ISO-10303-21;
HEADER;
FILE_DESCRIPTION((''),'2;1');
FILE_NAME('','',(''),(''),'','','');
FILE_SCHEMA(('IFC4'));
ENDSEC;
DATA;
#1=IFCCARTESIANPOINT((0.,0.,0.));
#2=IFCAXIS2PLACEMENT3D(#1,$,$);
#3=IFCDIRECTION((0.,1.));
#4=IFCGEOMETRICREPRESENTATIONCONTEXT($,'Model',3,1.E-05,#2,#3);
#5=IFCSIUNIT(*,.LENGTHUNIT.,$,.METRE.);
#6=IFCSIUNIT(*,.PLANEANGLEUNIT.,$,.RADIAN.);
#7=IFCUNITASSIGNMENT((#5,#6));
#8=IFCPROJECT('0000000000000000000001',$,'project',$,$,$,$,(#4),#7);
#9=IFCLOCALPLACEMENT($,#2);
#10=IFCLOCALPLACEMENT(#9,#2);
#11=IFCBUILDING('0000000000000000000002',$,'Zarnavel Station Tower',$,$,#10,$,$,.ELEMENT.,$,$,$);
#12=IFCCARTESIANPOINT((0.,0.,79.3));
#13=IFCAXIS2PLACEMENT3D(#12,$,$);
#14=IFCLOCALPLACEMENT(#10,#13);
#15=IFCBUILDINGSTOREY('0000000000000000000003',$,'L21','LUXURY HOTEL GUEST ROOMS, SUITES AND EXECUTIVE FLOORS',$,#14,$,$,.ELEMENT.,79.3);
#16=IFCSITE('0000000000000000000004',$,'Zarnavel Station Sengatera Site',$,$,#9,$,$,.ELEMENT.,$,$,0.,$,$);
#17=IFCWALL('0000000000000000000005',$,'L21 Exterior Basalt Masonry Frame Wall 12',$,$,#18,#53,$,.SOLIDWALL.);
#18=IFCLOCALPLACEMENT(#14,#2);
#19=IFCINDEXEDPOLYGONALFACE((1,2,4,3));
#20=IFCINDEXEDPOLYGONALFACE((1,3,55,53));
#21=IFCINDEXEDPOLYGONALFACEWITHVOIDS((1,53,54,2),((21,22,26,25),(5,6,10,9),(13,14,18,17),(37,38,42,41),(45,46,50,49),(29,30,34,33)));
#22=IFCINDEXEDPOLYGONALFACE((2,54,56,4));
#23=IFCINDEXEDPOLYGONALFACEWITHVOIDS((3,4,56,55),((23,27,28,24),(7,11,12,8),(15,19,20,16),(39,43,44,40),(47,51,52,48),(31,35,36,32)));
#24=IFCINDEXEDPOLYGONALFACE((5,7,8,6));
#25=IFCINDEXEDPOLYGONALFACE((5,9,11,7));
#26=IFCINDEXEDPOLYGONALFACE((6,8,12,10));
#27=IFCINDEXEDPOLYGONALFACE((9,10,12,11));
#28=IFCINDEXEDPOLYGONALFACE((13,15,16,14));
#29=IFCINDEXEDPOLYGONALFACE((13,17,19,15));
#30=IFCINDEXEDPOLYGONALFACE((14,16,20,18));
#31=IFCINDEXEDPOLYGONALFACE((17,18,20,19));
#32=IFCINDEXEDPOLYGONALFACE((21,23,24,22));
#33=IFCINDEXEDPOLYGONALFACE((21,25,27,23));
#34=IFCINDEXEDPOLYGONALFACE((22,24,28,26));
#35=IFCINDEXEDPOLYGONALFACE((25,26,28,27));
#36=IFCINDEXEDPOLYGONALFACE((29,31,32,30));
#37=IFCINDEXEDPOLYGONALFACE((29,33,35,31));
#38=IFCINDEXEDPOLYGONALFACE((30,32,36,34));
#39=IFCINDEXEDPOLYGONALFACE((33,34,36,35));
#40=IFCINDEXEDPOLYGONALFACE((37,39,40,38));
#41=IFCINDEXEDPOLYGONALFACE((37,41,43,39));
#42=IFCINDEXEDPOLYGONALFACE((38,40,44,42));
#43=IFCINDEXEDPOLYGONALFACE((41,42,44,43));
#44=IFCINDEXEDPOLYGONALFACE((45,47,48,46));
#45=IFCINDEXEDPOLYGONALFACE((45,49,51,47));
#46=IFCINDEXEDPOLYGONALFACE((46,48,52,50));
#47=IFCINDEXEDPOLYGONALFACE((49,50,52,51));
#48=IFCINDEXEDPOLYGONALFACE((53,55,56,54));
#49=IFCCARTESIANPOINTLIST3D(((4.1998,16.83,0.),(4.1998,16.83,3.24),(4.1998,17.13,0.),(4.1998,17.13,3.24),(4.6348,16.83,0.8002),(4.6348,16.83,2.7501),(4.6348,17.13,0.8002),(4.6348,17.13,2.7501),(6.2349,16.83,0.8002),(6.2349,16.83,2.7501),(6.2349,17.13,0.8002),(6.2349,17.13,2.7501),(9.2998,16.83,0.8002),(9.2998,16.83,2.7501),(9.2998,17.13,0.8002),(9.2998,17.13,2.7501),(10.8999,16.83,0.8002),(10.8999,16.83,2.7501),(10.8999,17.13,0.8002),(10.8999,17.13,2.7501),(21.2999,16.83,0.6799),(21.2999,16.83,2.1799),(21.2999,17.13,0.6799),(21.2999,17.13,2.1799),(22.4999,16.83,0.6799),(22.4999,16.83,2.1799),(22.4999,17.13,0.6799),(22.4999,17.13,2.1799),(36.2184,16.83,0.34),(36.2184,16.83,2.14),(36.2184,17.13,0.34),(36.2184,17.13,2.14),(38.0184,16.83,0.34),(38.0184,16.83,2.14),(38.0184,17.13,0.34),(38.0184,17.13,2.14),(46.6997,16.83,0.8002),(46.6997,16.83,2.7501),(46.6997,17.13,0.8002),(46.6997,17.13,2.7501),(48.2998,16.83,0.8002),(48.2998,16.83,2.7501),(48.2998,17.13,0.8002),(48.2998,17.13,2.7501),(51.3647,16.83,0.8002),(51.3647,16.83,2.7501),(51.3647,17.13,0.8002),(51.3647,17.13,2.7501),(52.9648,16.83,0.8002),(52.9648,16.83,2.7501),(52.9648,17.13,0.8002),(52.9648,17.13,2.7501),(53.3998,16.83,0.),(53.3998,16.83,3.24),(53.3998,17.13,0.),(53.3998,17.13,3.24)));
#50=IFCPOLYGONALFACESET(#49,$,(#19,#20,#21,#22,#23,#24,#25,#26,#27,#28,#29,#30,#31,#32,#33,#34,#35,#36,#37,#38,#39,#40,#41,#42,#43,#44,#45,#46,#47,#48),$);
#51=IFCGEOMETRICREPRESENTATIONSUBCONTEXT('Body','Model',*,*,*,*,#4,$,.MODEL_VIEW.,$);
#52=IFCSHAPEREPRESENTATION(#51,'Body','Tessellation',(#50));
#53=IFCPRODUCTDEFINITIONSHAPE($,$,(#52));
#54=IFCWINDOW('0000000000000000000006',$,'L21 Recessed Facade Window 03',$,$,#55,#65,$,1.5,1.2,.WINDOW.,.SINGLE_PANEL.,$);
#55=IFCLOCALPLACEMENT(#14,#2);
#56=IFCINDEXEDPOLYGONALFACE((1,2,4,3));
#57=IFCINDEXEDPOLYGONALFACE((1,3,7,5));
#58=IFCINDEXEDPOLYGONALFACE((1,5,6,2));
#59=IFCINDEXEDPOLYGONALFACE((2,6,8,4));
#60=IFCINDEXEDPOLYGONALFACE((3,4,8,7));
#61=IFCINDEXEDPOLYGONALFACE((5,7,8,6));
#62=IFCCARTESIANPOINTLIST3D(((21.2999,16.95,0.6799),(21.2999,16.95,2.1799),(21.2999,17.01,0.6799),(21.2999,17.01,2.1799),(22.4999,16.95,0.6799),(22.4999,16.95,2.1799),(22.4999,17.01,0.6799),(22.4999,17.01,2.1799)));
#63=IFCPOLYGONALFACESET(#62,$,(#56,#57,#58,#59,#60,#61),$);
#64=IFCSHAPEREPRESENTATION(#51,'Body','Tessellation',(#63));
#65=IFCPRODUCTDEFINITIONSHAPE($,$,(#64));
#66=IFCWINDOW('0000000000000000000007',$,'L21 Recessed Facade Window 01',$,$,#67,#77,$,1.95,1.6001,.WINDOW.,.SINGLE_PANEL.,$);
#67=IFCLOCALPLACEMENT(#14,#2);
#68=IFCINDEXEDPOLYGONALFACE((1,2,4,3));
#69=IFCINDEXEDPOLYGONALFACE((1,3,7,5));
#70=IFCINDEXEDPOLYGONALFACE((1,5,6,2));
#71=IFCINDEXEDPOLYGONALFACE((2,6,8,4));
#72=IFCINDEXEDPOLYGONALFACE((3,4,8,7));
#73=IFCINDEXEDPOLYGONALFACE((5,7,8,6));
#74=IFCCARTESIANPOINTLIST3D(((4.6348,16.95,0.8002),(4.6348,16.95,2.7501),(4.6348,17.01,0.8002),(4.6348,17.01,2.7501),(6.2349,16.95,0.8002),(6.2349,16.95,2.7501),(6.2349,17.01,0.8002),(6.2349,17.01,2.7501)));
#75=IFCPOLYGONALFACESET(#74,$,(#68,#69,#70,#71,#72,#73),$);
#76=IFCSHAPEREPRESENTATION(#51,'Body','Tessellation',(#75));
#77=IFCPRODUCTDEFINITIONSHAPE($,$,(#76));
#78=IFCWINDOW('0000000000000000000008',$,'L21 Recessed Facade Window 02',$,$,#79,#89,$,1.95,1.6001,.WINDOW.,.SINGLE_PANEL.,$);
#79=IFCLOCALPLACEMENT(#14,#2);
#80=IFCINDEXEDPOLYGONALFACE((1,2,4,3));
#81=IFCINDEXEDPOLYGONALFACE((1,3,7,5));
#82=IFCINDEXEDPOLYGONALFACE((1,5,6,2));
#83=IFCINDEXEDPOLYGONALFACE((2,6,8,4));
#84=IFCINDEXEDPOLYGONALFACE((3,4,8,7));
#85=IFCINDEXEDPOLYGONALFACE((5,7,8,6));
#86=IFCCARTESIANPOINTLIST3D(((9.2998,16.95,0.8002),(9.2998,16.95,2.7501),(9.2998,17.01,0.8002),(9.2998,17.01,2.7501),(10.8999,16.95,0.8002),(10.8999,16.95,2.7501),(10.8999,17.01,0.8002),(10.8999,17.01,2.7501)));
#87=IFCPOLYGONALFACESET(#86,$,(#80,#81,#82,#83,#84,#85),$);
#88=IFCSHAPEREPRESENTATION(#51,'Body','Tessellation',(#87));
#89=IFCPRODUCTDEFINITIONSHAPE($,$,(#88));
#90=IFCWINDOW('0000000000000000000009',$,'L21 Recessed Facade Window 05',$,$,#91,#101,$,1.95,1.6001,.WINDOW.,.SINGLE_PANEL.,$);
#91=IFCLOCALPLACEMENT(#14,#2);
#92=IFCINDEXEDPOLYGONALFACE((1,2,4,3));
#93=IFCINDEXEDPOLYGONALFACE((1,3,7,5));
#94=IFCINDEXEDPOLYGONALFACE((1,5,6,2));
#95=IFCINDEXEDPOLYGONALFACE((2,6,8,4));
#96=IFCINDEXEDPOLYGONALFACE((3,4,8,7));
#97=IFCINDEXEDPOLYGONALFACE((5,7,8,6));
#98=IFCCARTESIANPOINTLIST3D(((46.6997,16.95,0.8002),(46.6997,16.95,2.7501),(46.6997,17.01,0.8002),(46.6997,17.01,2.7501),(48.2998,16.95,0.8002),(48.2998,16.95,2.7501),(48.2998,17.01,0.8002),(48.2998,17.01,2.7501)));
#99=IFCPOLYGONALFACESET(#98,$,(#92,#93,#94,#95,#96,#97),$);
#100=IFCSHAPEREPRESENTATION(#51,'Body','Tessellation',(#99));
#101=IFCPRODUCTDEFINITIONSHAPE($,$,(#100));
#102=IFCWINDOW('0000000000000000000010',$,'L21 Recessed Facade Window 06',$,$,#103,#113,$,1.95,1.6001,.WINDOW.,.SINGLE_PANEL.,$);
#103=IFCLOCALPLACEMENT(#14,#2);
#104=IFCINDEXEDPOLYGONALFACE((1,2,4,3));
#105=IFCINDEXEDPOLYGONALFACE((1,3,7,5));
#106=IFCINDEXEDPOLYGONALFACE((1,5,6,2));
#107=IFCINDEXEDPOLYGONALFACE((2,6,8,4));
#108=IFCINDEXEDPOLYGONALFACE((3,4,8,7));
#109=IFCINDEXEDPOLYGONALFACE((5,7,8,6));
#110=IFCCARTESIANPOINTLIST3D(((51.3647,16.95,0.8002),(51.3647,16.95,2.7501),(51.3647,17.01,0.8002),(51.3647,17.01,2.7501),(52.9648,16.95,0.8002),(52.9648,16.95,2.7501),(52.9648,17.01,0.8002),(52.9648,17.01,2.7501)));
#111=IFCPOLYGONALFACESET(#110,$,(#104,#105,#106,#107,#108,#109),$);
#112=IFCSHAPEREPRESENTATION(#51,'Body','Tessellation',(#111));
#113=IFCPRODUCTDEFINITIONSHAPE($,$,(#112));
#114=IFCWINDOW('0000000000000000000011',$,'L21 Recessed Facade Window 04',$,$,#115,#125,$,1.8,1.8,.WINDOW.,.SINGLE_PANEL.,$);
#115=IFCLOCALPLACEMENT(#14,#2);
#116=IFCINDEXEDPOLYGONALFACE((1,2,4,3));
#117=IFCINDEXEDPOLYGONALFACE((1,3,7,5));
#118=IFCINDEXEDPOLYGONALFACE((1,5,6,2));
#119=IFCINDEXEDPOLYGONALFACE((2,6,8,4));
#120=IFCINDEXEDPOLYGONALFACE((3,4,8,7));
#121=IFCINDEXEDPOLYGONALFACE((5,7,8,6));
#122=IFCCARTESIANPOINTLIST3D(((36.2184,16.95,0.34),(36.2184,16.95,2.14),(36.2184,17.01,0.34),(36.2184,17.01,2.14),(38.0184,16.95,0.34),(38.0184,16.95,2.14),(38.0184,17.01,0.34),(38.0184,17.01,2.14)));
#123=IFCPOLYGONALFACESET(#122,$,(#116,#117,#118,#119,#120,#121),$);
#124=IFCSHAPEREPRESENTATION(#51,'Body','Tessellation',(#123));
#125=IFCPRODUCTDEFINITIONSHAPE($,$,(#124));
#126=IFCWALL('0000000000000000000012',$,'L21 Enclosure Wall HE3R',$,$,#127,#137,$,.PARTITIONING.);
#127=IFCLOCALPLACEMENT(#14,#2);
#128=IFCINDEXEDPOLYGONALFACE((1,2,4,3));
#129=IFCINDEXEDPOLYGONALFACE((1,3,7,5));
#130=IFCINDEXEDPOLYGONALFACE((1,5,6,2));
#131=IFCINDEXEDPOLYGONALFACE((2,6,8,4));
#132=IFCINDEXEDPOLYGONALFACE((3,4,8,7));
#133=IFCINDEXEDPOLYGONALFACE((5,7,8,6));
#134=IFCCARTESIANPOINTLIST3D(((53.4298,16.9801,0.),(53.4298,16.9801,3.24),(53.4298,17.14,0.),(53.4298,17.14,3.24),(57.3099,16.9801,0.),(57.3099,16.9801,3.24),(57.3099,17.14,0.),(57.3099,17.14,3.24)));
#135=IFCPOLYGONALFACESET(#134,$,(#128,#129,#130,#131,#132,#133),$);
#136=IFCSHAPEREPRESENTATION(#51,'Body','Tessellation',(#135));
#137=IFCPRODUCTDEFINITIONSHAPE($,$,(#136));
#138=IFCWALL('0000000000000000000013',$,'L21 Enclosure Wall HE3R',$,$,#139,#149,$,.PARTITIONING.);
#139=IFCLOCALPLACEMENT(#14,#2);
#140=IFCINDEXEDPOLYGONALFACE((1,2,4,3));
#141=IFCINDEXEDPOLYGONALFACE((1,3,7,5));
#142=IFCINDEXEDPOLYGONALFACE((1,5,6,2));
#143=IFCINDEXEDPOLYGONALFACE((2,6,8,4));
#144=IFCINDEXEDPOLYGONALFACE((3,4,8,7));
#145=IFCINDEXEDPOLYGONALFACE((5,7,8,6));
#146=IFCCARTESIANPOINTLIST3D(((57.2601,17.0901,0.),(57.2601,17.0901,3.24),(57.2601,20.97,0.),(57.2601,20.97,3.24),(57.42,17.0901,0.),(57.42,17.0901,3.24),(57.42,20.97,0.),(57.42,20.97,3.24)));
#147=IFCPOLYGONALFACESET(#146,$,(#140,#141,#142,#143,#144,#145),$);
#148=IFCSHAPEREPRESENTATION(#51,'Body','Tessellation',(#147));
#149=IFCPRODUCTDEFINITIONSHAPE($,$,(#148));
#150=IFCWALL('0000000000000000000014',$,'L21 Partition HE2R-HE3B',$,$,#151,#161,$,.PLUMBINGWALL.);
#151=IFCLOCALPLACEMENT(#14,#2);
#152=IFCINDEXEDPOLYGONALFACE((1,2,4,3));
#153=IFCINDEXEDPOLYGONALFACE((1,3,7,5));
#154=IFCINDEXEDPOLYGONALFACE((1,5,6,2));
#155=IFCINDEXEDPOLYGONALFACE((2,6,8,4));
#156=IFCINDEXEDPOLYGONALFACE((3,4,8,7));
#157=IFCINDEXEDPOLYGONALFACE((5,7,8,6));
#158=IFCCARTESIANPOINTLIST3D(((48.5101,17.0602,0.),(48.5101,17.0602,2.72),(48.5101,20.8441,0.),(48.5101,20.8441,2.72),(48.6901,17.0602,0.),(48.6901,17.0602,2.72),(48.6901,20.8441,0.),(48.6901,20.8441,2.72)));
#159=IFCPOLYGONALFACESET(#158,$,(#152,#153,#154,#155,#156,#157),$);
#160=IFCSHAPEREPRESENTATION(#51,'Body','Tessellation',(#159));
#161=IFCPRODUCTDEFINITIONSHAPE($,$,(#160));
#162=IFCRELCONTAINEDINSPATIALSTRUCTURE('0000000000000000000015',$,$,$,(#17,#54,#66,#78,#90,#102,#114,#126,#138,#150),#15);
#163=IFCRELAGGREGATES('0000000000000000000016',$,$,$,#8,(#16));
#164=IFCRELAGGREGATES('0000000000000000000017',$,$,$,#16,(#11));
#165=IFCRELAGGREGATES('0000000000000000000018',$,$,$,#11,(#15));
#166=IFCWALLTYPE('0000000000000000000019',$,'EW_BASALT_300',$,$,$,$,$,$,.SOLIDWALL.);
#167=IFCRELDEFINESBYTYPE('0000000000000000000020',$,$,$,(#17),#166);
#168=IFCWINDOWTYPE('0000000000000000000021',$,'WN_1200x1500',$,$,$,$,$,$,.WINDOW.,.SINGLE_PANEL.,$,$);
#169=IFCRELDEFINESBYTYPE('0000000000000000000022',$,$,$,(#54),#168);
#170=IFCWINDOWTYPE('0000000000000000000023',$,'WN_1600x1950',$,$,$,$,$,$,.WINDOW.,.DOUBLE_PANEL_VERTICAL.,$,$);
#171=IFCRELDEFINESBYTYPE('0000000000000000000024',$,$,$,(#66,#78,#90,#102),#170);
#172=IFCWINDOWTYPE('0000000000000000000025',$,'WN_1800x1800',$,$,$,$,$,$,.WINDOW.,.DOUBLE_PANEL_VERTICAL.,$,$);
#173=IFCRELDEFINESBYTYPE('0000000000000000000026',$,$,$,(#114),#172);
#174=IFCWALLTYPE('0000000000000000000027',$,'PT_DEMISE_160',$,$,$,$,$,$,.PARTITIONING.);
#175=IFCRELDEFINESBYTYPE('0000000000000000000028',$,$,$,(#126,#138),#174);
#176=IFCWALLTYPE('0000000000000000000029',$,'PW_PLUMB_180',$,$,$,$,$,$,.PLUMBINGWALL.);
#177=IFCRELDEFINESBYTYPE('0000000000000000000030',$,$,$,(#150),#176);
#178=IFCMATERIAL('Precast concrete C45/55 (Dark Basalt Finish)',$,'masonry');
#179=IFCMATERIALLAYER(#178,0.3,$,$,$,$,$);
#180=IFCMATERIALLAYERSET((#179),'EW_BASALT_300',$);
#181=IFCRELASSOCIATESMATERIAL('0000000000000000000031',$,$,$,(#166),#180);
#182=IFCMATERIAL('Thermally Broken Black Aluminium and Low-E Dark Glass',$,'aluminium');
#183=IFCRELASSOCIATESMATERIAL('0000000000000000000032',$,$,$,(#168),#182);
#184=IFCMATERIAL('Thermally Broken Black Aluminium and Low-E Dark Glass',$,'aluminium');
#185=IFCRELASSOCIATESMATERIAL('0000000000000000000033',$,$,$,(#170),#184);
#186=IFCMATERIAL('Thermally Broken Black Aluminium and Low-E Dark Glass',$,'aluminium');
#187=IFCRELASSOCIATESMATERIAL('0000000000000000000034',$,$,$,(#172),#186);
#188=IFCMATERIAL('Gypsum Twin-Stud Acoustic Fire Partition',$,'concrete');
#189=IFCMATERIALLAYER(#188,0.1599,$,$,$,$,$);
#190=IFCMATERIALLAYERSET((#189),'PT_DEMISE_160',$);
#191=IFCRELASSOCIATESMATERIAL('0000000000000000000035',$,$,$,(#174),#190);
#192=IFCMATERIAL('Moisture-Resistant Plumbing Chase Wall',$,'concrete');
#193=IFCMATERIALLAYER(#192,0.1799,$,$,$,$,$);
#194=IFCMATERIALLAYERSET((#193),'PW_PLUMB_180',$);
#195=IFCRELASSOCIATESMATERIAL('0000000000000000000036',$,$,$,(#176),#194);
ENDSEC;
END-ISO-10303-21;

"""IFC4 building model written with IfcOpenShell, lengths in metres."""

from ifc_helpers import new_model, si_unit, direction, frame, frame_2d, origin, place, context, subcontext, project, spatial, rectangle, extrude, material, layer, layer_set, type_object, element, fill, save


model = new_model("IFC4")

# Units and contexts
model_context = context("Model", 3, precision=1e-05, world=origin(), true_north=direction((0.0, 1.0)))
body_context = subcontext(model_context, "Body", "Model", "MODEL_VIEW")
ifc_project = project(units=[si_unit("LENGTHUNIT", "METRE"), si_unit("PLANEANGLEUNIT", "RADIAN")], contexts=[model_context])

# Site, building, storey
site_placement = place(None, origin())
site = spatial("IfcSite", under=ifc_project, at=site_placement, Name="Zarnavel Station Sengatera Site", CompositionType="ELEMENT", RefElevation=0.0)
building_placement = place(site_placement, origin())
building = spatial("IfcBuilding", under=site, at=building_placement, Name="Zarnavel Station Tower", CompositionType="ELEMENT")
storey_placement = place(building_placement, frame((0.0, 0.0, 79.3)))
storey = spatial("IfcBuildingStorey", under=building, at=storey_placement, Name="L21", Description="LUXURY HOTEL GUEST ROOMS, SUITES AND EXECUTIVE FLOORS", CompositionType="ELEMENT", Elevation=79.3)

# Shared definitions
ifc_material_1 = material(Name="Precast concrete C45/55 (Dark Basalt Finish)", Category="masonry")
ifc_layer_1 = layer(ifc_material_1, 0.3)
ifc_layer_set_1 = layer_set([ifc_layer_1], Name="EW_BASALT_300")
wall_type_1 = type_object("IfcWallType", Name="EW_BASALT_300", PredefinedType="SOLIDWALL", material=ifc_layer_set_1)

# Wall, openings, windows
wall_1_placement = place(storey_placement, frame((53.3999, 16.98, 0.0), z_axis=(0.0, 0.0, 1.0), x_axis=(-1.0, 0.0, 0.0)))
wall_1 = element("IfcWall", 1, at=wall_1_placement, inside=storey, type_object=wall_type_1, Name="L21 Exterior Basalt Masonry Frame Wall 12", PredefinedType="SOLIDWALL", context=body_context, shape_type="SweptSolid", body=[
    extrude(rectangle(XDim=49.2, YDim=0.3, at=frame_2d((24.6001, 0.0))), origin(), (0.0, 0.0, 1.0), 3.24),
])
opening_1_placement = place(wall_1_placement, frame((47.165, 0.0, 0.8)))
opening_1 = element("IfcOpeningElement", 2, at=opening_1_placement, cuts=wall_1, PredefinedType="OPENING", context=body_context, shape_type="SweptSolid", body=[
    extrude(rectangle(XDim=1.6001, YDim=1.95, at=frame_2d((0.8, 0.9751))), frame((0.0, 0.1599, 0.0), z_axis=(0.0, -1.0, 0.0), x_axis=(1.0, 0.0, 0.0)), (0.0, 0.0, 1.0), 0.3201),
])
opening_2_placement = place(wall_1_placement, frame((42.5, 0.0, 0.8)))
opening_2 = element("IfcOpeningElement", 3, at=opening_2_placement, cuts=wall_1, PredefinedType="OPENING", context=body_context, shape_type="SweptSolid", body=[
    extrude(rectangle(XDim=1.6001, YDim=1.95, at=frame_2d((0.8, 0.9751))), frame((0.0, 0.1599, 0.0), z_axis=(0.0, -1.0, 0.0), x_axis=(1.0, 0.0, 0.0)), (0.0, 0.0, 1.0), 0.3201),
])
opening_3_placement = place(wall_1_placement, frame((30.8999, 0.0, 0.6799)))
opening_3 = element("IfcOpeningElement", 4, at=opening_3_placement, cuts=wall_1, PredefinedType="OPENING", context=body_context, shape_type="SweptSolid", body=[
    extrude(rectangle(XDim=1.2, YDim=1.5, at=frame_2d((0.6001, 0.75))), frame((0.0, 0.1599, 0.0), z_axis=(0.0, -1.0, 0.0), x_axis=(1.0, 0.0, 0.0)), (0.0, 0.0, 1.0), 0.3201),
])
opening_4_placement = place(wall_1_placement, frame((15.3816, 0.0, 0.3401)))
opening_4 = element("IfcOpeningElement", 5, at=opening_4_placement, cuts=wall_1, PredefinedType="OPENING", context=body_context, shape_type="SweptSolid", body=[
    extrude(rectangle(XDim=1.8, YDim=1.8, at=frame_2d((0.8999, 0.8999))), frame((0.0, 0.1599, 0.0), z_axis=(0.0, -1.0, 0.0), x_axis=(1.0, 0.0, 0.0)), (0.0, 0.0, 1.0), 0.3201),
])
opening_5_placement = place(wall_1_placement, frame((5.1001, 0.0, 0.8)))
opening_5 = element("IfcOpeningElement", 6, at=opening_5_placement, cuts=wall_1, PredefinedType="OPENING", context=body_context, shape_type="SweptSolid", body=[
    extrude(rectangle(XDim=1.6001, YDim=1.95, at=frame_2d((0.8, 0.9751))), frame((0.0, 0.1599, 0.0), z_axis=(0.0, -1.0, 0.0), x_axis=(1.0, 0.0, 0.0)), (0.0, 0.0, 1.0), 0.3201),
])
opening_6_placement = place(wall_1_placement, frame((0.4351, 0.0, 0.8)))
opening_6 = element("IfcOpeningElement", 7, at=opening_6_placement, cuts=wall_1, PredefinedType="OPENING", context=body_context, shape_type="SweptSolid", body=[
    extrude(rectangle(XDim=1.6001, YDim=1.95, at=frame_2d((0.8, 0.9751))), frame((0.0, 0.1599, 0.0), z_axis=(0.0, -1.0, 0.0), x_axis=(1.0, 0.0, 0.0)), (0.0, 0.0, 1.0), 0.3201),
])
ifc_material_2 = material(Name="Thermally Broken Black Aluminium and Low-E Dark Glass", Category="aluminium")
window_type_1 = type_object("IfcWindowType", Name="WN_1200x1500", PartitioningType="SINGLE_PANEL", PredefinedType="WINDOW", material=ifc_material_2)
window_1_placement = place(opening_3_placement, origin())
window_1 = element("IfcWindow", 8, at=window_1_placement, inside=storey, type_object=window_type_1, Name="L21 Recessed Facade Window 03", OverallHeight=1.5, OverallWidth=1.2, PartitioningType="SINGLE_PANEL", PredefinedType="WINDOW", context=body_context, shape_type="SweptSolid", body=[
    extrude(rectangle(XDim=1.2, YDim=1.5, at=frame_2d((0.6001, 0.75))), frame((0.0, 0.03, 0.0), z_axis=(0.0, -1.0, 0.0), x_axis=(1.0, 0.0, 0.0)), (0.0, 0.0, 1.0), 0.0601),
])
fill(opening_3, window_1)
ifc_material_3 = material(Name="Thermally Broken Black Aluminium and Low-E Dark Glass", Category="aluminium")
window_type_2 = type_object("IfcWindowType", Name="WN_1600x1950", PartitioningType="DOUBLE_PANEL_VERTICAL", PredefinedType="WINDOW", material=ifc_material_3)
window_2_placement = place(opening_1_placement, origin())
window_2 = element("IfcWindow", 9, at=window_2_placement, inside=storey, type_object=window_type_2, Name="L21 Recessed Facade Window 01", OverallHeight=1.95, OverallWidth=1.6001, PartitioningType="SINGLE_PANEL", PredefinedType="WINDOW", context=body_context, shape_type="SweptSolid", body=[
    extrude(rectangle(XDim=1.6001, YDim=1.95, at=frame_2d((0.8, 0.9751))), frame((0.0, 0.03, 0.0), z_axis=(0.0, -1.0, 0.0), x_axis=(1.0, 0.0, 0.0)), (0.0, 0.0, 1.0), 0.0601),
])
fill(opening_1, window_2)
window_3_placement = place(opening_2_placement, origin())
window_3 = element("IfcWindow", 10, at=window_3_placement, inside=storey, type_object=window_type_2, Name="L21 Recessed Facade Window 02", OverallHeight=1.95, OverallWidth=1.6001, PartitioningType="SINGLE_PANEL", PredefinedType="WINDOW", context=body_context, shape_type="SweptSolid", body=[
    extrude(rectangle(XDim=1.6001, YDim=1.95, at=frame_2d((0.8, 0.9751))), frame((0.0, 0.03, 0.0), z_axis=(0.0, -1.0, 0.0), x_axis=(1.0, 0.0, 0.0)), (0.0, 0.0, 1.0), 0.0601),
])
fill(opening_2, window_3)
window_4_placement = place(opening_5_placement, origin())
window_4 = element("IfcWindow", 11, at=window_4_placement, inside=storey, type_object=window_type_2, Name="L21 Recessed Facade Window 05", OverallHeight=1.95, OverallWidth=1.6001, PartitioningType="SINGLE_PANEL", PredefinedType="WINDOW", context=body_context, shape_type="SweptSolid", body=[
    extrude(rectangle(XDim=1.6001, YDim=1.95, at=frame_2d((0.8, 0.9751))), frame((0.0, 0.03, 0.0), z_axis=(0.0, -1.0, 0.0), x_axis=(1.0, 0.0, 0.0)), (0.0, 0.0, 1.0), 0.0601),
])
fill(opening_5, window_4)
window_5_placement = place(opening_6_placement, origin())
window_5 = element("IfcWindow", 12, at=window_5_placement, inside=storey, type_object=window_type_2, Name="L21 Recessed Facade Window 06", OverallHeight=1.95, OverallWidth=1.6001, PartitioningType="SINGLE_PANEL", PredefinedType="WINDOW", context=body_context, shape_type="SweptSolid", body=[
    extrude(rectangle(XDim=1.6001, YDim=1.95, at=frame_2d((0.8, 0.9751))), frame((0.0, 0.03, 0.0), z_axis=(0.0, -1.0, 0.0), x_axis=(1.0, 0.0, 0.0)), (0.0, 0.0, 1.0), 0.0601),
])
fill(opening_6, window_5)
ifc_material_4 = material(Name="Thermally Broken Black Aluminium and Low-E Dark Glass", Category="aluminium")
window_type_3 = type_object("IfcWindowType", Name="WN_1800x1800", PartitioningType="DOUBLE_PANEL_VERTICAL", PredefinedType="WINDOW", material=ifc_material_4)
window_6_placement = place(opening_4_placement, origin())
window_6 = element("IfcWindow", 13, at=window_6_placement, inside=storey, type_object=window_type_3, Name="L21 Recessed Facade Window 04", OverallHeight=1.8, OverallWidth=1.8, PartitioningType="SINGLE_PANEL", PredefinedType="WINDOW", context=body_context, shape_type="SweptSolid", body=[
    extrude(rectangle(XDim=1.8, YDim=1.8, at=frame_2d((0.8999, 0.8999))), frame((0.0, 0.03, 0.0), z_axis=(0.0, -1.0, 0.0), x_axis=(1.0, 0.0, 0.0)), (0.0, 0.0, 1.0), 0.0601),
])
fill(opening_4, window_6)

# Walls
ifc_material_5 = material(Name="Gypsum Twin-Stud Acoustic Fire Partition", Category="concrete")
ifc_layer_2 = layer(ifc_material_5, 0.1599)
ifc_layer_set_2 = layer_set([ifc_layer_2], Name="PT_DEMISE_160")
wall_type_2 = type_object("IfcWallType", Name="PT_DEMISE_160", PredefinedType="PARTITIONING", material=ifc_layer_set_2)
wall_2_placement = place(storey_placement, frame((53.4299, 17.0601, 0.0), z_axis=(0.0, 0.0, 1.0), x_axis=(1.0, 0.0, 0.0)))
element("IfcWall", 14, at=wall_2_placement, inside=storey, type_object=wall_type_2, Name="L21 Enclosure Wall HE3R", PredefinedType="PARTITIONING", context=body_context, shape_type="SweptSolid", body=[
    extrude(rectangle(XDim=3.8801, YDim=0.1599, at=frame_2d((1.9399, 0.0))), origin(), (0.0, 0.0, 1.0), 3.24),
])
wall_3_placement = place(storey_placement, frame((57.3401, 17.0901, 0.0), z_axis=(0.0, 0.0, 1.0), x_axis=(0.0, 1.0, 0.0)))
element("IfcWall", 15, at=wall_3_placement, inside=storey, type_object=wall_type_2, Name="L21 Enclosure Wall HE3R", PredefinedType="PARTITIONING", context=body_context, shape_type="SweptSolid", body=[
    extrude(rectangle(XDim=3.8799, YDim=0.1599, at=frame_2d((1.9399, 0.0))), origin(), (0.0, 0.0, 1.0), 3.24),
])
ifc_material_6 = material(Name="Moisture-Resistant Plumbing Chase Wall", Category="concrete")
ifc_layer_3 = layer(ifc_material_6, 0.1799)
ifc_layer_set_3 = layer_set([ifc_layer_3], Name="PW_PLUMB_180")
wall_type_3 = type_object("IfcWallType", Name="PW_PLUMB_180", PredefinedType="PLUMBINGWALL", material=ifc_layer_set_3)
wall_4_placement = place(storey_placement, frame((48.6001, 17.0601, 0.0), z_axis=(0.0, 0.0, 1.0), x_axis=(0.0, 1.0, 0.0)))
element("IfcWall", 16, at=wall_4_placement, inside=storey, type_object=wall_type_3, Name="L21 Partition HE2R-HE3B", PredefinedType="PLUMBINGWALL", context=body_context, shape_type="SweptSolid", body=[
    extrude(rectangle(XDim=3.7839, YDim=0.1799, at=frame_2d((1.8921, 0.0))), origin(), (0.0, 0.0, 1.0), 2.72),
])

save(model, "model.ifc")
